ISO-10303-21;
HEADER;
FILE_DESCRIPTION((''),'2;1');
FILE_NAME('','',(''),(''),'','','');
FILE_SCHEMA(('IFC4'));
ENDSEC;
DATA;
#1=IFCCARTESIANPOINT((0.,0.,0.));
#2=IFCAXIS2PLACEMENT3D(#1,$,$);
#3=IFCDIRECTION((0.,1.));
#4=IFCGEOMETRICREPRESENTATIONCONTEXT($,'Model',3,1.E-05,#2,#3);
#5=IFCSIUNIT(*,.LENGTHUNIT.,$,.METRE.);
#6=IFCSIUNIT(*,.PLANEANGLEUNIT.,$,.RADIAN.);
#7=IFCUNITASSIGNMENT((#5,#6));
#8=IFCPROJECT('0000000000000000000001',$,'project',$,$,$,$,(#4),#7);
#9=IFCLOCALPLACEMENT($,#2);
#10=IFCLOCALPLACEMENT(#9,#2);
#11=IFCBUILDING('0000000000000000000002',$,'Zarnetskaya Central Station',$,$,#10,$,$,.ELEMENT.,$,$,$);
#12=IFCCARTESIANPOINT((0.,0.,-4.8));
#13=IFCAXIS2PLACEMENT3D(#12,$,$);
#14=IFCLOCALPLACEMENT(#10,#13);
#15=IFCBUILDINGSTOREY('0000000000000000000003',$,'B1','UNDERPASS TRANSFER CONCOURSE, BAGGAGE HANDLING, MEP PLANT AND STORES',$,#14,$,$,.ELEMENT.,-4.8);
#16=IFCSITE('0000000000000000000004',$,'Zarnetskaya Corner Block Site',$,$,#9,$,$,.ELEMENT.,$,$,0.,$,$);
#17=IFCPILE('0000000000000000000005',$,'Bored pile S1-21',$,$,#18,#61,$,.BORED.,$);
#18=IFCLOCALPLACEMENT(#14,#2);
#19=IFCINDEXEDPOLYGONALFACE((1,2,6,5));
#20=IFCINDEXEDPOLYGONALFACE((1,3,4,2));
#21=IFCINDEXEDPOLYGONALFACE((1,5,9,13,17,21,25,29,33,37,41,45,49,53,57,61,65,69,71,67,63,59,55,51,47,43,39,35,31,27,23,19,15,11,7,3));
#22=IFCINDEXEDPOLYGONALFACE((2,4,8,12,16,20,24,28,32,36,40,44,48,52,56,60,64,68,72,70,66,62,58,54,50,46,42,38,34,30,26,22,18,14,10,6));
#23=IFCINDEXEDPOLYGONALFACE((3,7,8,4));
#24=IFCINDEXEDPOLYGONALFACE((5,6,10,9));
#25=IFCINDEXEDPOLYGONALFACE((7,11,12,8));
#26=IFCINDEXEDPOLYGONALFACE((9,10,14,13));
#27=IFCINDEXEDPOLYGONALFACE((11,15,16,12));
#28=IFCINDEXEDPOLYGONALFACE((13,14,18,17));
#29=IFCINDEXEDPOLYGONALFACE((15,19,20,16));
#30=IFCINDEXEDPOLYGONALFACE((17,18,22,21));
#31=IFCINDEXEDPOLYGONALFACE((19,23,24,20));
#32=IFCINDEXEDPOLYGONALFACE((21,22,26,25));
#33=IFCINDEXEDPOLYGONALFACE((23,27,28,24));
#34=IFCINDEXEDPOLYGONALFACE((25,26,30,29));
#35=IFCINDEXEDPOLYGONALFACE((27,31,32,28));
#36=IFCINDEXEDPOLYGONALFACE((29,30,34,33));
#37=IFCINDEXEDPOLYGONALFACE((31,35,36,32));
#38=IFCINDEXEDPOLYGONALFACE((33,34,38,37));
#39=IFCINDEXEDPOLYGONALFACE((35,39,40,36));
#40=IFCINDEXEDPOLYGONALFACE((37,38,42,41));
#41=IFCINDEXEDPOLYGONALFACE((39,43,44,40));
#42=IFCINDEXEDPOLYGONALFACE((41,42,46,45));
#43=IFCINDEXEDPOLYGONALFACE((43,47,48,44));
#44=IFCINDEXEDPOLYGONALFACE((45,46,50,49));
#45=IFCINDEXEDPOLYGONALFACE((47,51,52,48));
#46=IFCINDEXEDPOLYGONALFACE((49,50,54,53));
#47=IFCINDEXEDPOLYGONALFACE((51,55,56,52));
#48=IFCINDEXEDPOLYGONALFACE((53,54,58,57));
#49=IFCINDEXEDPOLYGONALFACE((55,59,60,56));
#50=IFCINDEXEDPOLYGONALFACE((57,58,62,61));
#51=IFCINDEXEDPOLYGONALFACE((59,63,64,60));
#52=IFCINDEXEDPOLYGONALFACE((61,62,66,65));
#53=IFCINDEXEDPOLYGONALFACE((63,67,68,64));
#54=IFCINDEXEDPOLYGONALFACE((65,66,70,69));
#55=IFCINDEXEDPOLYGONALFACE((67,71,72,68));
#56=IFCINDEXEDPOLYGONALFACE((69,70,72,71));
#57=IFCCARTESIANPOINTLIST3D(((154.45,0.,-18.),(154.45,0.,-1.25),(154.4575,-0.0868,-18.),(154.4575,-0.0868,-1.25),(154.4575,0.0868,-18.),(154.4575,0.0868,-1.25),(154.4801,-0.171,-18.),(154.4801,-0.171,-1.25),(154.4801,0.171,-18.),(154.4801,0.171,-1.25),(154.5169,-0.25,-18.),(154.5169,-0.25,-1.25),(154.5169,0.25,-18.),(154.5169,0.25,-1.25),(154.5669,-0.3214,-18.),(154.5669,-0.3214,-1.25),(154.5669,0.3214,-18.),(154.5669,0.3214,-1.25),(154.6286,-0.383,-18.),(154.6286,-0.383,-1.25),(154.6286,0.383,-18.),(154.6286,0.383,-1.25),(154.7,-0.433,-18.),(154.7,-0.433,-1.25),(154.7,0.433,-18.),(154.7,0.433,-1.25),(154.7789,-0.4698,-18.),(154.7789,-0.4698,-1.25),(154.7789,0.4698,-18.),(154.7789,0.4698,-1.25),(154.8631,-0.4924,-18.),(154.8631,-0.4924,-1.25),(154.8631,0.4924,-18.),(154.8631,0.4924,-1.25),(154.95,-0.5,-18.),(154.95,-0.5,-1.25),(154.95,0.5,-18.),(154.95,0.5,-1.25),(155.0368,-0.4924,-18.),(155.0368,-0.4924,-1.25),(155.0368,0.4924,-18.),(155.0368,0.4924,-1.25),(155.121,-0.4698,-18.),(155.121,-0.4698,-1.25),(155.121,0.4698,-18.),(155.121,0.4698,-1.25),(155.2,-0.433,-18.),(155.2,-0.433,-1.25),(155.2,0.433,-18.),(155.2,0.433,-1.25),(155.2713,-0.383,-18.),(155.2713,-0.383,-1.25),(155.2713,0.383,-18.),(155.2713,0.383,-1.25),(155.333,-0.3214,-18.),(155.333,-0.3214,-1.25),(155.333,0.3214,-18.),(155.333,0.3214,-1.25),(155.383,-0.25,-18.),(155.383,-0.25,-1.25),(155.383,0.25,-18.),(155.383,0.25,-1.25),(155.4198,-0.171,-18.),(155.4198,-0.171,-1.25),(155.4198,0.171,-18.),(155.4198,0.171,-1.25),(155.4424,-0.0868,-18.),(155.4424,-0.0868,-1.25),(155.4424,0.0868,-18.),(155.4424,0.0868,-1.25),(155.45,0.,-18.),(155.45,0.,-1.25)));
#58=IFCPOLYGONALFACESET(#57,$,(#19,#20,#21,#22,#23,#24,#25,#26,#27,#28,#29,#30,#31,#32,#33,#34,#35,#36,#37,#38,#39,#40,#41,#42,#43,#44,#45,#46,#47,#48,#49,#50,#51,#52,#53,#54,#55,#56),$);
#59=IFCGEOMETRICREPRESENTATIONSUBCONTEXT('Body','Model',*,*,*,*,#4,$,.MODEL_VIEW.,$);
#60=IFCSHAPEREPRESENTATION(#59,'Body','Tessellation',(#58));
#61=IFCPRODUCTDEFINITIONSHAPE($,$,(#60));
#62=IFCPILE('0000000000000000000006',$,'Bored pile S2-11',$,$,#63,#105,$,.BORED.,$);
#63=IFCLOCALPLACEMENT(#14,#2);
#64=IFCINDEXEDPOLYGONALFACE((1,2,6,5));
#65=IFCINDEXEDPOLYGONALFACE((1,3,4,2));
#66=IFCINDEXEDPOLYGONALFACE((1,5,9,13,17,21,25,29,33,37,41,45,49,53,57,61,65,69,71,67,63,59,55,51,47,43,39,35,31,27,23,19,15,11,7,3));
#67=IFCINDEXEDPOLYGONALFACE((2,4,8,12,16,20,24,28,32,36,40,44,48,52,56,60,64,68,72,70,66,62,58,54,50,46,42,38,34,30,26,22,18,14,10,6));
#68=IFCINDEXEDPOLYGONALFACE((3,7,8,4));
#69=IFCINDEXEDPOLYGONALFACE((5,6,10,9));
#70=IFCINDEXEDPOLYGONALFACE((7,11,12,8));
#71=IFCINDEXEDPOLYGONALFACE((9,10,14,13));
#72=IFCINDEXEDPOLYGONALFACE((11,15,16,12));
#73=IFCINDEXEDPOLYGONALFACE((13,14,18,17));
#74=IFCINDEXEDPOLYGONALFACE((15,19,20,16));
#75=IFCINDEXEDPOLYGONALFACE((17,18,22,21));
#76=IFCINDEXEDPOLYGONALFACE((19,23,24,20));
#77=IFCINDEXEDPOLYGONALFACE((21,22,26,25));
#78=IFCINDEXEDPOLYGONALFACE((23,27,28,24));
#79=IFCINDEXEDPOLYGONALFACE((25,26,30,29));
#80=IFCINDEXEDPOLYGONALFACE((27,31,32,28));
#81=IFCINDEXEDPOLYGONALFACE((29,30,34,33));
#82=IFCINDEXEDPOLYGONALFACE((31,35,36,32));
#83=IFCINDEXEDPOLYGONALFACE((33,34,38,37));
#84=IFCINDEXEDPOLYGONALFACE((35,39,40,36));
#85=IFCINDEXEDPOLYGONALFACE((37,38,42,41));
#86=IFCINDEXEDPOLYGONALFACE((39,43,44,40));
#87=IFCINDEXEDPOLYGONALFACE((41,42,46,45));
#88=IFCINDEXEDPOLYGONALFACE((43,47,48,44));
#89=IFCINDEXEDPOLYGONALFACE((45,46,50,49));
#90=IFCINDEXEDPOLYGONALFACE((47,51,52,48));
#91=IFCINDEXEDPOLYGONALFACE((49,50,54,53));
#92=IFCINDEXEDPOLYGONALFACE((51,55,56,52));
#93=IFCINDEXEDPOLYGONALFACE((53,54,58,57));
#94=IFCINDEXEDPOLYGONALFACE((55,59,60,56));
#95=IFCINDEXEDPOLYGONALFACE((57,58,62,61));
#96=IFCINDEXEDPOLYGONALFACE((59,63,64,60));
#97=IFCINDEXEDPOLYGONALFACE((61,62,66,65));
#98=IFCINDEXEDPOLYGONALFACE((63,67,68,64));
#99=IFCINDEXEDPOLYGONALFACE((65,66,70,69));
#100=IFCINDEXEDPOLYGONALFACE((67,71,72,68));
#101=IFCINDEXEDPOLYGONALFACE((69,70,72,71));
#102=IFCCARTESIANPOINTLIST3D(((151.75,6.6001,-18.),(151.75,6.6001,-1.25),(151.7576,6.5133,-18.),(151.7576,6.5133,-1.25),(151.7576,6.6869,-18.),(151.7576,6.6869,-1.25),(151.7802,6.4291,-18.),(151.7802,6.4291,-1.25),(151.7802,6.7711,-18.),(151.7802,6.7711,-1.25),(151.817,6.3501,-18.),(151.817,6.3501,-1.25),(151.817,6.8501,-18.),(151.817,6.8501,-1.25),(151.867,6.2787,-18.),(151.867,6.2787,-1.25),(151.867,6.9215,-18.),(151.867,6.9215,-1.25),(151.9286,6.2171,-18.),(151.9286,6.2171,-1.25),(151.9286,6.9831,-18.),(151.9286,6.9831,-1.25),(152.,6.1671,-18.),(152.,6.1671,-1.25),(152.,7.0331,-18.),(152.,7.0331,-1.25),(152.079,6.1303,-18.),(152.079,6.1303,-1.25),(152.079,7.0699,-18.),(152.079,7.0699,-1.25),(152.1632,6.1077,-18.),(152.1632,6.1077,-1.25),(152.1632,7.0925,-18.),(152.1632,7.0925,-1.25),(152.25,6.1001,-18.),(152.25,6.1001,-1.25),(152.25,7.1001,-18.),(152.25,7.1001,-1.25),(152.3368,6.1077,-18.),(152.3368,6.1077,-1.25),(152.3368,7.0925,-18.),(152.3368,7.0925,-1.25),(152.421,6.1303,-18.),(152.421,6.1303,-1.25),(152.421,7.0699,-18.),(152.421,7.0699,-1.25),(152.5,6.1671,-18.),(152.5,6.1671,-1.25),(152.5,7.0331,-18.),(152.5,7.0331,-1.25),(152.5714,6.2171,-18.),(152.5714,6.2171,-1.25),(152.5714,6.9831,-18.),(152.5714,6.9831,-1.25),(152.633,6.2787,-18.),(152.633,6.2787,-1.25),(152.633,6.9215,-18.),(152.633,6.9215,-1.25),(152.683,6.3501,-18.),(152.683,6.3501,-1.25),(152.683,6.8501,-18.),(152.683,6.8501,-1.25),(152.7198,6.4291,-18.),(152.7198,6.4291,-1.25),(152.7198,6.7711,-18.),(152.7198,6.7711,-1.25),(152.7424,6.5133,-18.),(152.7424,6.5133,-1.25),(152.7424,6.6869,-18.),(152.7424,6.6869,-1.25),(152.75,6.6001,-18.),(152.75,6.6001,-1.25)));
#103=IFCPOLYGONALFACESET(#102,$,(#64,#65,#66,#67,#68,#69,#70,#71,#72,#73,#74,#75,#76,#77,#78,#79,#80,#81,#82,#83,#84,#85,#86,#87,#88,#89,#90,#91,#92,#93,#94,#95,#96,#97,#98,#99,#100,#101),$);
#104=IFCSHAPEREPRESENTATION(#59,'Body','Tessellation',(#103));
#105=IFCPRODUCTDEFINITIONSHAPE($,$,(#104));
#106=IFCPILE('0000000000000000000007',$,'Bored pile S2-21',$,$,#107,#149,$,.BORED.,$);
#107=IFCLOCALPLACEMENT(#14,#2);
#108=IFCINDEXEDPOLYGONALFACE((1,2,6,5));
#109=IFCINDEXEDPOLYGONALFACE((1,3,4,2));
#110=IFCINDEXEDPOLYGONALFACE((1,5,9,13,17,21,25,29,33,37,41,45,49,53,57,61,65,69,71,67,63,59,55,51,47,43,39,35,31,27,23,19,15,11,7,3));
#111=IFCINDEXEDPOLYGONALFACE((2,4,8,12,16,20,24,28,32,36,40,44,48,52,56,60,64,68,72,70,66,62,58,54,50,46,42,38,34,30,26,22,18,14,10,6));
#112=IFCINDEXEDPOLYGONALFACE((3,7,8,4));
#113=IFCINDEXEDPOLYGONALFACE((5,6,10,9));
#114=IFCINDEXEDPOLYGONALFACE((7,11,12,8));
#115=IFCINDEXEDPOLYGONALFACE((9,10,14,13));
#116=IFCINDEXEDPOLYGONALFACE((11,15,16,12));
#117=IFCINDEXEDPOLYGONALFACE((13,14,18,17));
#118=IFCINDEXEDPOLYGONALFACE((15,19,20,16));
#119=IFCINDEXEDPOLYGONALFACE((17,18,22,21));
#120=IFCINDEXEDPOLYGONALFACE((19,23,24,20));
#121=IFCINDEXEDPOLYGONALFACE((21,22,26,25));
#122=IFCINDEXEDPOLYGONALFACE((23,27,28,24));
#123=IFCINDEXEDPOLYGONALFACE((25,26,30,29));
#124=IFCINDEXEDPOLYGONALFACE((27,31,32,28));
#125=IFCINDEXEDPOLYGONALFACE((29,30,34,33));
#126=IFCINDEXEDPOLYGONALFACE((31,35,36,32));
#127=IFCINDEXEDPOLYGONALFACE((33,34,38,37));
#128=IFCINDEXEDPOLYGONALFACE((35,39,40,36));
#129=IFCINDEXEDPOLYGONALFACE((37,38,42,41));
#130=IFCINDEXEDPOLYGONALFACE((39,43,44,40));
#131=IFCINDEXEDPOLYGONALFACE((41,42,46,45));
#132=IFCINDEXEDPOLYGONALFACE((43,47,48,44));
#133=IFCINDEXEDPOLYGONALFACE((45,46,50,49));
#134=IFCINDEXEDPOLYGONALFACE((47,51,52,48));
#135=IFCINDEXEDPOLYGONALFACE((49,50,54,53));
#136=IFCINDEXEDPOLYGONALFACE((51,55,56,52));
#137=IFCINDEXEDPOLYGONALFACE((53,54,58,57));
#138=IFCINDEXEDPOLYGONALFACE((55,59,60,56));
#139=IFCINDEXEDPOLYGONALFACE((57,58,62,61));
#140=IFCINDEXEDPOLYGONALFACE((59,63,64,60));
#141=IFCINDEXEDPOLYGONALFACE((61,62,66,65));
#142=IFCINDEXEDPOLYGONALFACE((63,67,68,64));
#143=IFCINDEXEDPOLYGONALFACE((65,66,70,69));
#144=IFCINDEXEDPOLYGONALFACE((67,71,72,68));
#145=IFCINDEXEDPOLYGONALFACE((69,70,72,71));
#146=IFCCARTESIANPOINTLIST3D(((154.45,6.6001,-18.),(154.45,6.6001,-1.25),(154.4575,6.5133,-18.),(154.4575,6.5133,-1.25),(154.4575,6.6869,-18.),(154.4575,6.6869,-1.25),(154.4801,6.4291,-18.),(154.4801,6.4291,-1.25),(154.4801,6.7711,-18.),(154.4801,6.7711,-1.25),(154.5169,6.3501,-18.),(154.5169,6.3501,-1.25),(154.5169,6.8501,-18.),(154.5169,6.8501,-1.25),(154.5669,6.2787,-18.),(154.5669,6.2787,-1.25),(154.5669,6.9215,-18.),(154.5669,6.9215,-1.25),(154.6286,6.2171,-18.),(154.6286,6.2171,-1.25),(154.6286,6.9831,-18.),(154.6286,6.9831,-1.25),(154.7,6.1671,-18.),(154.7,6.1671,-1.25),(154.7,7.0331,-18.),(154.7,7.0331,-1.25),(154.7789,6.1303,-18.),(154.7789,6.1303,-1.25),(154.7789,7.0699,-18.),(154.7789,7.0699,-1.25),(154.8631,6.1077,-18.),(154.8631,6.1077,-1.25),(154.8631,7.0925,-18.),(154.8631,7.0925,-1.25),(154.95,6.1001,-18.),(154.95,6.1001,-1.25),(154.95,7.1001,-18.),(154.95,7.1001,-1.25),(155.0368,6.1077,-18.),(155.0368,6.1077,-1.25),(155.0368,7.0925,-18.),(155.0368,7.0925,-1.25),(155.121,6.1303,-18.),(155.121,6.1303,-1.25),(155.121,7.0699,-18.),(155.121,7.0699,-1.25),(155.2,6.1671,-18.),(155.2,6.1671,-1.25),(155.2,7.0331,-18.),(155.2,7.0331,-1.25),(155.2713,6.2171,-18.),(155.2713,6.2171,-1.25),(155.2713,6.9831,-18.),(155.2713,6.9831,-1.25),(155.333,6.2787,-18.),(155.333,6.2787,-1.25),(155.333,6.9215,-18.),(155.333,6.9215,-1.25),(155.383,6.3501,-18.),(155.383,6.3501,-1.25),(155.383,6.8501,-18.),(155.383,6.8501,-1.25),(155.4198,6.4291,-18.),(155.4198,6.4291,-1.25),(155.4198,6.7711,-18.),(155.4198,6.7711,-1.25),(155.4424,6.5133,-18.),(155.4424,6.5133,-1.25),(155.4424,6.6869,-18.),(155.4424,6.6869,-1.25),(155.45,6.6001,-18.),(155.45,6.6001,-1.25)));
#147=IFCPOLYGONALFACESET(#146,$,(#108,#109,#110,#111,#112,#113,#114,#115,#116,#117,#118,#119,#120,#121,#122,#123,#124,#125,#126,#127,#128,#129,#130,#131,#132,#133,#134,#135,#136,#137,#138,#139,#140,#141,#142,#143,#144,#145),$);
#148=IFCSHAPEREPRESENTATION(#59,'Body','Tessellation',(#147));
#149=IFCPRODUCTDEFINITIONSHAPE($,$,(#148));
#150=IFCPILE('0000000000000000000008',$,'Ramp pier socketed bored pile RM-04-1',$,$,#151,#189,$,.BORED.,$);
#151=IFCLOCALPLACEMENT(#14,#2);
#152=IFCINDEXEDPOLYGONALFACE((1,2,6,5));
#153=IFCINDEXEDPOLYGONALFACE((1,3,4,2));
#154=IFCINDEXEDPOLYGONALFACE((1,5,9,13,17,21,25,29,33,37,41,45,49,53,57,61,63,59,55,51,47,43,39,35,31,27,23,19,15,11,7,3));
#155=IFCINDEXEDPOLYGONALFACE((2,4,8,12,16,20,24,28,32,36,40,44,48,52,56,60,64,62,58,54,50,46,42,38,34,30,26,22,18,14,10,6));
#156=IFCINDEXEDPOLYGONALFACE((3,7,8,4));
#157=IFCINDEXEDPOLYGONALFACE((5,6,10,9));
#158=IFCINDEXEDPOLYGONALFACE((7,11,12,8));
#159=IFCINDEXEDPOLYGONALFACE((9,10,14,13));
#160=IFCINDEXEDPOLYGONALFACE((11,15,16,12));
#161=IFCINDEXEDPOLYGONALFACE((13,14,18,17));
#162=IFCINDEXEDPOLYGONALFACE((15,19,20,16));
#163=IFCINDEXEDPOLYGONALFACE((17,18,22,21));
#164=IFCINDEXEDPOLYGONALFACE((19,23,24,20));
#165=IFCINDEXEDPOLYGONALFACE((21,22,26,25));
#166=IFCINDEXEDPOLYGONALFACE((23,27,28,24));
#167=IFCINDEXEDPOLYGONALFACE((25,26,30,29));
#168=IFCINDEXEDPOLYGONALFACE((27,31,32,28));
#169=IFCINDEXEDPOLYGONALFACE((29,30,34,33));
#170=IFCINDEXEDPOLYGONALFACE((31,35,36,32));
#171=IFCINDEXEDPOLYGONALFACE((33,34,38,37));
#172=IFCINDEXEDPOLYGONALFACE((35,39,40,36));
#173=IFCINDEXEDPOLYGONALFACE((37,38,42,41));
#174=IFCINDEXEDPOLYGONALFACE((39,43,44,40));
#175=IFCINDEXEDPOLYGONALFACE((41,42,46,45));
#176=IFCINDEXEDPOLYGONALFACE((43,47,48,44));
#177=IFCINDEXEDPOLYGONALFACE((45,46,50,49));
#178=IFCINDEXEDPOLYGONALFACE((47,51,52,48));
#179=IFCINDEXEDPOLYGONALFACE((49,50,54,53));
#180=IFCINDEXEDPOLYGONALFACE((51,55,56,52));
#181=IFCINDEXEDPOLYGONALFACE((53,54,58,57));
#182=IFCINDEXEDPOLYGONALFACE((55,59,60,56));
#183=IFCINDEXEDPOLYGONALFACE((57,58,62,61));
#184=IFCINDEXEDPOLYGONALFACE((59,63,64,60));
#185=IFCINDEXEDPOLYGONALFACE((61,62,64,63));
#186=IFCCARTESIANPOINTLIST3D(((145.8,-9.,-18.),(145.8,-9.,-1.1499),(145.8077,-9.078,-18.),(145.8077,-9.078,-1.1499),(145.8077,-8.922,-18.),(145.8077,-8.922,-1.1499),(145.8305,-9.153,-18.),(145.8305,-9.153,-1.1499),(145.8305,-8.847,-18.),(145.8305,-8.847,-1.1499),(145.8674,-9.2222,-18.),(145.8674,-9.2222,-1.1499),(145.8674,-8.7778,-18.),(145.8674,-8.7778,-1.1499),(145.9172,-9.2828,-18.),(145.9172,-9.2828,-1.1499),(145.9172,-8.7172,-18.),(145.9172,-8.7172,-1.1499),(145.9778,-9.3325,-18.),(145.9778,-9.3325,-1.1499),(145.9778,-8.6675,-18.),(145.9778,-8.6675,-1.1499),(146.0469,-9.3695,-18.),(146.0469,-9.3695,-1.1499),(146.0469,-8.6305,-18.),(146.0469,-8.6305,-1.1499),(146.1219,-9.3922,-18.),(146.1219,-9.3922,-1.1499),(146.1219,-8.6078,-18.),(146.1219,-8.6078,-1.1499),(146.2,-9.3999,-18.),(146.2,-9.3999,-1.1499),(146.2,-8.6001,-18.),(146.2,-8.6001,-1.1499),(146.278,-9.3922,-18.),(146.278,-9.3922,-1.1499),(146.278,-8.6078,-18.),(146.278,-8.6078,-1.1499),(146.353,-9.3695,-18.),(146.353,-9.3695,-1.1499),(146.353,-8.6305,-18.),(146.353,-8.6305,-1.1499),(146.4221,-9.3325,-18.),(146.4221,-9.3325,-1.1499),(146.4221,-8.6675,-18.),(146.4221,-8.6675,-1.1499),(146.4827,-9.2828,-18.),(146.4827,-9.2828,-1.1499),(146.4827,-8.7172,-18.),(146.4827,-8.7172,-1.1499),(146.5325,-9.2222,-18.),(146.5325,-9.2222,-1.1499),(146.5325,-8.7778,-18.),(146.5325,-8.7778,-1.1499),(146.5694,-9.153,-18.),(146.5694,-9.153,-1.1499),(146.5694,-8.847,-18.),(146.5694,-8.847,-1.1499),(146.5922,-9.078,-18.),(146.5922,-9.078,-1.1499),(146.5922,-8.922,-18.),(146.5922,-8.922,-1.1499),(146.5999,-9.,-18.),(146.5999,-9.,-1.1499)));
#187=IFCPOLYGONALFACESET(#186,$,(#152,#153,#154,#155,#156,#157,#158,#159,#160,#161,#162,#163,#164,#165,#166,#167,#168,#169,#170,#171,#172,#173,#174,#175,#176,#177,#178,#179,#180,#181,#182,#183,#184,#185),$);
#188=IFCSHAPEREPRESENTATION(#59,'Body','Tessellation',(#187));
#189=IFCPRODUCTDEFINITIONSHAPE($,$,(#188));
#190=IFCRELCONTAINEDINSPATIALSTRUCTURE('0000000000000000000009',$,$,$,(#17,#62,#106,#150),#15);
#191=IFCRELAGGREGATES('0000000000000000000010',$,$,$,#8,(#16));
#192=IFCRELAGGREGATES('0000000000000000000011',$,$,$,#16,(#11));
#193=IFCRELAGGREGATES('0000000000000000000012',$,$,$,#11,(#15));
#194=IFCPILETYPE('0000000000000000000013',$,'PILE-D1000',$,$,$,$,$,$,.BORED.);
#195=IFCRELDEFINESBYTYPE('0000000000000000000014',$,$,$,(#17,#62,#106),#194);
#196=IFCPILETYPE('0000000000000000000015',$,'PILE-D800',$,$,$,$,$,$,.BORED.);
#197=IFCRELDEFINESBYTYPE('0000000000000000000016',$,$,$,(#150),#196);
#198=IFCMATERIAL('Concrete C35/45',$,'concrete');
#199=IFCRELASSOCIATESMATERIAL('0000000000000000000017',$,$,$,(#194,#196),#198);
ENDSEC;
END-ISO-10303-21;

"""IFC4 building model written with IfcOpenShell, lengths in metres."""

from ifc_helpers import new_model, si_unit, direction, frame, origin, origin_2d, place, context, subcontext, project, spatial, circle, extrude, material, material_profile, profile_set, type_object, element, save


model = new_model("IFC4")

# Units and contexts
model_context = context("Model", 3, precision=1e-05, world=origin(), true_north=direction((0.0, 1.0)))
body_context = subcontext(model_context, "Body", "Model", "MODEL_VIEW")
ifc_project = project(units=[si_unit("LENGTHUNIT", "METRE"), si_unit("PLANEANGLEUNIT", "RADIAN")], contexts=[model_context])

# Site, building, storey
site_placement = place(None, origin())
site = spatial("IfcSite", under=ifc_project, at=site_placement, Name="Zarnetskaya Corner Block Site", CompositionType="ELEMENT", RefElevation=0.0)
building_placement = place(site_placement, origin())
building = spatial("IfcBuilding", under=site, at=building_placement, Name="Zarnetskaya Central Station", CompositionType="ELEMENT")
storey_placement = place(building_placement, frame((0.0, 0.0, -4.8)))
storey = spatial("IfcBuildingStorey", under=building, at=storey_placement, Name="B1", Description="UNDERPASS TRANSFER CONCOURSE, BAGGAGE HANDLING, MEP PLANT AND STORES", CompositionType="ELEMENT", Elevation=-4.8)

# Shared definitions
ifc_material = material(Name="Concrete C35/45", Category="concrete")

# Piles
ifc_material_profile_1 = material_profile(ifc_material, circle(Radius=0.5, at=origin_2d()), Name="BORED PILE D1000")
ifc_profile_set_1 = profile_set([ifc_material_profile_1], Name="Concrete C35/45")
pile_type_1 = type_object("IfcPileType", Name="PILE-D1000", PredefinedType="BORED", material=ifc_profile_set_1)
for number, where, z_axis, x_axis, name in (
    (1, (154.95, 0.0, -1.25), (0.0, 0.0, -1.0), (1.0, 0.0, 0.0), "Bored pile S1-21"),
    (2, (152.25, 6.6001, -1.25), (0.0, 0.0, -1.0), (1.0, 0.0, 0.0), "Bored pile S2-11"),
    (3, (154.95, 6.6001, -1.25), (0.0, 0.0, -1.0), (1.0, 0.0, 0.0), "Bored pile S2-21"),
):
    element("IfcPile", number, at=place(storey_placement, frame(where, z_axis=z_axis, x_axis=x_axis)), inside=storey, type_object=pile_type_1, Name=name, PredefinedType="BORED", context=body_context, shape_type="SweptSolid", body=[
        extrude(circle(Radius=0.5, at=origin_2d()), origin(), (0.0, 0.0, 1.0), 16.75),
    ])
ifc_material_profile_2 = material_profile(ifc_material, circle(Radius=0.3999, at=origin_2d()), Name="BORED PILE D800")
ifc_profile_set_2 = profile_set([ifc_material_profile_2], Name="Concrete C35/45")
pile_type_2 = type_object("IfcPileType", Name="PILE-D800", PredefinedType="BORED", material=ifc_profile_set_2)
for number, where, z_axis, x_axis, name in (
    (4, (146.2, -9.0, -1.1499), (0.0, 0.0, -1.0), (1.0, 0.0, 0.0), "Ramp pier socketed bored pile RM-04-1"),
):
    element("IfcPile", number, at=place(storey_placement, frame(where, z_axis=z_axis, x_axis=x_axis)), inside=storey, type_object=pile_type_2, Name=name, PredefinedType="BORED", context=body_context, shape_type="SweptSolid", body=[
        extrude(circle(Radius=0.3999, at=origin_2d()), origin(), (0.0, 0.0, 1.0), 16.8501),
    ])

save(model, "model.ifc")
